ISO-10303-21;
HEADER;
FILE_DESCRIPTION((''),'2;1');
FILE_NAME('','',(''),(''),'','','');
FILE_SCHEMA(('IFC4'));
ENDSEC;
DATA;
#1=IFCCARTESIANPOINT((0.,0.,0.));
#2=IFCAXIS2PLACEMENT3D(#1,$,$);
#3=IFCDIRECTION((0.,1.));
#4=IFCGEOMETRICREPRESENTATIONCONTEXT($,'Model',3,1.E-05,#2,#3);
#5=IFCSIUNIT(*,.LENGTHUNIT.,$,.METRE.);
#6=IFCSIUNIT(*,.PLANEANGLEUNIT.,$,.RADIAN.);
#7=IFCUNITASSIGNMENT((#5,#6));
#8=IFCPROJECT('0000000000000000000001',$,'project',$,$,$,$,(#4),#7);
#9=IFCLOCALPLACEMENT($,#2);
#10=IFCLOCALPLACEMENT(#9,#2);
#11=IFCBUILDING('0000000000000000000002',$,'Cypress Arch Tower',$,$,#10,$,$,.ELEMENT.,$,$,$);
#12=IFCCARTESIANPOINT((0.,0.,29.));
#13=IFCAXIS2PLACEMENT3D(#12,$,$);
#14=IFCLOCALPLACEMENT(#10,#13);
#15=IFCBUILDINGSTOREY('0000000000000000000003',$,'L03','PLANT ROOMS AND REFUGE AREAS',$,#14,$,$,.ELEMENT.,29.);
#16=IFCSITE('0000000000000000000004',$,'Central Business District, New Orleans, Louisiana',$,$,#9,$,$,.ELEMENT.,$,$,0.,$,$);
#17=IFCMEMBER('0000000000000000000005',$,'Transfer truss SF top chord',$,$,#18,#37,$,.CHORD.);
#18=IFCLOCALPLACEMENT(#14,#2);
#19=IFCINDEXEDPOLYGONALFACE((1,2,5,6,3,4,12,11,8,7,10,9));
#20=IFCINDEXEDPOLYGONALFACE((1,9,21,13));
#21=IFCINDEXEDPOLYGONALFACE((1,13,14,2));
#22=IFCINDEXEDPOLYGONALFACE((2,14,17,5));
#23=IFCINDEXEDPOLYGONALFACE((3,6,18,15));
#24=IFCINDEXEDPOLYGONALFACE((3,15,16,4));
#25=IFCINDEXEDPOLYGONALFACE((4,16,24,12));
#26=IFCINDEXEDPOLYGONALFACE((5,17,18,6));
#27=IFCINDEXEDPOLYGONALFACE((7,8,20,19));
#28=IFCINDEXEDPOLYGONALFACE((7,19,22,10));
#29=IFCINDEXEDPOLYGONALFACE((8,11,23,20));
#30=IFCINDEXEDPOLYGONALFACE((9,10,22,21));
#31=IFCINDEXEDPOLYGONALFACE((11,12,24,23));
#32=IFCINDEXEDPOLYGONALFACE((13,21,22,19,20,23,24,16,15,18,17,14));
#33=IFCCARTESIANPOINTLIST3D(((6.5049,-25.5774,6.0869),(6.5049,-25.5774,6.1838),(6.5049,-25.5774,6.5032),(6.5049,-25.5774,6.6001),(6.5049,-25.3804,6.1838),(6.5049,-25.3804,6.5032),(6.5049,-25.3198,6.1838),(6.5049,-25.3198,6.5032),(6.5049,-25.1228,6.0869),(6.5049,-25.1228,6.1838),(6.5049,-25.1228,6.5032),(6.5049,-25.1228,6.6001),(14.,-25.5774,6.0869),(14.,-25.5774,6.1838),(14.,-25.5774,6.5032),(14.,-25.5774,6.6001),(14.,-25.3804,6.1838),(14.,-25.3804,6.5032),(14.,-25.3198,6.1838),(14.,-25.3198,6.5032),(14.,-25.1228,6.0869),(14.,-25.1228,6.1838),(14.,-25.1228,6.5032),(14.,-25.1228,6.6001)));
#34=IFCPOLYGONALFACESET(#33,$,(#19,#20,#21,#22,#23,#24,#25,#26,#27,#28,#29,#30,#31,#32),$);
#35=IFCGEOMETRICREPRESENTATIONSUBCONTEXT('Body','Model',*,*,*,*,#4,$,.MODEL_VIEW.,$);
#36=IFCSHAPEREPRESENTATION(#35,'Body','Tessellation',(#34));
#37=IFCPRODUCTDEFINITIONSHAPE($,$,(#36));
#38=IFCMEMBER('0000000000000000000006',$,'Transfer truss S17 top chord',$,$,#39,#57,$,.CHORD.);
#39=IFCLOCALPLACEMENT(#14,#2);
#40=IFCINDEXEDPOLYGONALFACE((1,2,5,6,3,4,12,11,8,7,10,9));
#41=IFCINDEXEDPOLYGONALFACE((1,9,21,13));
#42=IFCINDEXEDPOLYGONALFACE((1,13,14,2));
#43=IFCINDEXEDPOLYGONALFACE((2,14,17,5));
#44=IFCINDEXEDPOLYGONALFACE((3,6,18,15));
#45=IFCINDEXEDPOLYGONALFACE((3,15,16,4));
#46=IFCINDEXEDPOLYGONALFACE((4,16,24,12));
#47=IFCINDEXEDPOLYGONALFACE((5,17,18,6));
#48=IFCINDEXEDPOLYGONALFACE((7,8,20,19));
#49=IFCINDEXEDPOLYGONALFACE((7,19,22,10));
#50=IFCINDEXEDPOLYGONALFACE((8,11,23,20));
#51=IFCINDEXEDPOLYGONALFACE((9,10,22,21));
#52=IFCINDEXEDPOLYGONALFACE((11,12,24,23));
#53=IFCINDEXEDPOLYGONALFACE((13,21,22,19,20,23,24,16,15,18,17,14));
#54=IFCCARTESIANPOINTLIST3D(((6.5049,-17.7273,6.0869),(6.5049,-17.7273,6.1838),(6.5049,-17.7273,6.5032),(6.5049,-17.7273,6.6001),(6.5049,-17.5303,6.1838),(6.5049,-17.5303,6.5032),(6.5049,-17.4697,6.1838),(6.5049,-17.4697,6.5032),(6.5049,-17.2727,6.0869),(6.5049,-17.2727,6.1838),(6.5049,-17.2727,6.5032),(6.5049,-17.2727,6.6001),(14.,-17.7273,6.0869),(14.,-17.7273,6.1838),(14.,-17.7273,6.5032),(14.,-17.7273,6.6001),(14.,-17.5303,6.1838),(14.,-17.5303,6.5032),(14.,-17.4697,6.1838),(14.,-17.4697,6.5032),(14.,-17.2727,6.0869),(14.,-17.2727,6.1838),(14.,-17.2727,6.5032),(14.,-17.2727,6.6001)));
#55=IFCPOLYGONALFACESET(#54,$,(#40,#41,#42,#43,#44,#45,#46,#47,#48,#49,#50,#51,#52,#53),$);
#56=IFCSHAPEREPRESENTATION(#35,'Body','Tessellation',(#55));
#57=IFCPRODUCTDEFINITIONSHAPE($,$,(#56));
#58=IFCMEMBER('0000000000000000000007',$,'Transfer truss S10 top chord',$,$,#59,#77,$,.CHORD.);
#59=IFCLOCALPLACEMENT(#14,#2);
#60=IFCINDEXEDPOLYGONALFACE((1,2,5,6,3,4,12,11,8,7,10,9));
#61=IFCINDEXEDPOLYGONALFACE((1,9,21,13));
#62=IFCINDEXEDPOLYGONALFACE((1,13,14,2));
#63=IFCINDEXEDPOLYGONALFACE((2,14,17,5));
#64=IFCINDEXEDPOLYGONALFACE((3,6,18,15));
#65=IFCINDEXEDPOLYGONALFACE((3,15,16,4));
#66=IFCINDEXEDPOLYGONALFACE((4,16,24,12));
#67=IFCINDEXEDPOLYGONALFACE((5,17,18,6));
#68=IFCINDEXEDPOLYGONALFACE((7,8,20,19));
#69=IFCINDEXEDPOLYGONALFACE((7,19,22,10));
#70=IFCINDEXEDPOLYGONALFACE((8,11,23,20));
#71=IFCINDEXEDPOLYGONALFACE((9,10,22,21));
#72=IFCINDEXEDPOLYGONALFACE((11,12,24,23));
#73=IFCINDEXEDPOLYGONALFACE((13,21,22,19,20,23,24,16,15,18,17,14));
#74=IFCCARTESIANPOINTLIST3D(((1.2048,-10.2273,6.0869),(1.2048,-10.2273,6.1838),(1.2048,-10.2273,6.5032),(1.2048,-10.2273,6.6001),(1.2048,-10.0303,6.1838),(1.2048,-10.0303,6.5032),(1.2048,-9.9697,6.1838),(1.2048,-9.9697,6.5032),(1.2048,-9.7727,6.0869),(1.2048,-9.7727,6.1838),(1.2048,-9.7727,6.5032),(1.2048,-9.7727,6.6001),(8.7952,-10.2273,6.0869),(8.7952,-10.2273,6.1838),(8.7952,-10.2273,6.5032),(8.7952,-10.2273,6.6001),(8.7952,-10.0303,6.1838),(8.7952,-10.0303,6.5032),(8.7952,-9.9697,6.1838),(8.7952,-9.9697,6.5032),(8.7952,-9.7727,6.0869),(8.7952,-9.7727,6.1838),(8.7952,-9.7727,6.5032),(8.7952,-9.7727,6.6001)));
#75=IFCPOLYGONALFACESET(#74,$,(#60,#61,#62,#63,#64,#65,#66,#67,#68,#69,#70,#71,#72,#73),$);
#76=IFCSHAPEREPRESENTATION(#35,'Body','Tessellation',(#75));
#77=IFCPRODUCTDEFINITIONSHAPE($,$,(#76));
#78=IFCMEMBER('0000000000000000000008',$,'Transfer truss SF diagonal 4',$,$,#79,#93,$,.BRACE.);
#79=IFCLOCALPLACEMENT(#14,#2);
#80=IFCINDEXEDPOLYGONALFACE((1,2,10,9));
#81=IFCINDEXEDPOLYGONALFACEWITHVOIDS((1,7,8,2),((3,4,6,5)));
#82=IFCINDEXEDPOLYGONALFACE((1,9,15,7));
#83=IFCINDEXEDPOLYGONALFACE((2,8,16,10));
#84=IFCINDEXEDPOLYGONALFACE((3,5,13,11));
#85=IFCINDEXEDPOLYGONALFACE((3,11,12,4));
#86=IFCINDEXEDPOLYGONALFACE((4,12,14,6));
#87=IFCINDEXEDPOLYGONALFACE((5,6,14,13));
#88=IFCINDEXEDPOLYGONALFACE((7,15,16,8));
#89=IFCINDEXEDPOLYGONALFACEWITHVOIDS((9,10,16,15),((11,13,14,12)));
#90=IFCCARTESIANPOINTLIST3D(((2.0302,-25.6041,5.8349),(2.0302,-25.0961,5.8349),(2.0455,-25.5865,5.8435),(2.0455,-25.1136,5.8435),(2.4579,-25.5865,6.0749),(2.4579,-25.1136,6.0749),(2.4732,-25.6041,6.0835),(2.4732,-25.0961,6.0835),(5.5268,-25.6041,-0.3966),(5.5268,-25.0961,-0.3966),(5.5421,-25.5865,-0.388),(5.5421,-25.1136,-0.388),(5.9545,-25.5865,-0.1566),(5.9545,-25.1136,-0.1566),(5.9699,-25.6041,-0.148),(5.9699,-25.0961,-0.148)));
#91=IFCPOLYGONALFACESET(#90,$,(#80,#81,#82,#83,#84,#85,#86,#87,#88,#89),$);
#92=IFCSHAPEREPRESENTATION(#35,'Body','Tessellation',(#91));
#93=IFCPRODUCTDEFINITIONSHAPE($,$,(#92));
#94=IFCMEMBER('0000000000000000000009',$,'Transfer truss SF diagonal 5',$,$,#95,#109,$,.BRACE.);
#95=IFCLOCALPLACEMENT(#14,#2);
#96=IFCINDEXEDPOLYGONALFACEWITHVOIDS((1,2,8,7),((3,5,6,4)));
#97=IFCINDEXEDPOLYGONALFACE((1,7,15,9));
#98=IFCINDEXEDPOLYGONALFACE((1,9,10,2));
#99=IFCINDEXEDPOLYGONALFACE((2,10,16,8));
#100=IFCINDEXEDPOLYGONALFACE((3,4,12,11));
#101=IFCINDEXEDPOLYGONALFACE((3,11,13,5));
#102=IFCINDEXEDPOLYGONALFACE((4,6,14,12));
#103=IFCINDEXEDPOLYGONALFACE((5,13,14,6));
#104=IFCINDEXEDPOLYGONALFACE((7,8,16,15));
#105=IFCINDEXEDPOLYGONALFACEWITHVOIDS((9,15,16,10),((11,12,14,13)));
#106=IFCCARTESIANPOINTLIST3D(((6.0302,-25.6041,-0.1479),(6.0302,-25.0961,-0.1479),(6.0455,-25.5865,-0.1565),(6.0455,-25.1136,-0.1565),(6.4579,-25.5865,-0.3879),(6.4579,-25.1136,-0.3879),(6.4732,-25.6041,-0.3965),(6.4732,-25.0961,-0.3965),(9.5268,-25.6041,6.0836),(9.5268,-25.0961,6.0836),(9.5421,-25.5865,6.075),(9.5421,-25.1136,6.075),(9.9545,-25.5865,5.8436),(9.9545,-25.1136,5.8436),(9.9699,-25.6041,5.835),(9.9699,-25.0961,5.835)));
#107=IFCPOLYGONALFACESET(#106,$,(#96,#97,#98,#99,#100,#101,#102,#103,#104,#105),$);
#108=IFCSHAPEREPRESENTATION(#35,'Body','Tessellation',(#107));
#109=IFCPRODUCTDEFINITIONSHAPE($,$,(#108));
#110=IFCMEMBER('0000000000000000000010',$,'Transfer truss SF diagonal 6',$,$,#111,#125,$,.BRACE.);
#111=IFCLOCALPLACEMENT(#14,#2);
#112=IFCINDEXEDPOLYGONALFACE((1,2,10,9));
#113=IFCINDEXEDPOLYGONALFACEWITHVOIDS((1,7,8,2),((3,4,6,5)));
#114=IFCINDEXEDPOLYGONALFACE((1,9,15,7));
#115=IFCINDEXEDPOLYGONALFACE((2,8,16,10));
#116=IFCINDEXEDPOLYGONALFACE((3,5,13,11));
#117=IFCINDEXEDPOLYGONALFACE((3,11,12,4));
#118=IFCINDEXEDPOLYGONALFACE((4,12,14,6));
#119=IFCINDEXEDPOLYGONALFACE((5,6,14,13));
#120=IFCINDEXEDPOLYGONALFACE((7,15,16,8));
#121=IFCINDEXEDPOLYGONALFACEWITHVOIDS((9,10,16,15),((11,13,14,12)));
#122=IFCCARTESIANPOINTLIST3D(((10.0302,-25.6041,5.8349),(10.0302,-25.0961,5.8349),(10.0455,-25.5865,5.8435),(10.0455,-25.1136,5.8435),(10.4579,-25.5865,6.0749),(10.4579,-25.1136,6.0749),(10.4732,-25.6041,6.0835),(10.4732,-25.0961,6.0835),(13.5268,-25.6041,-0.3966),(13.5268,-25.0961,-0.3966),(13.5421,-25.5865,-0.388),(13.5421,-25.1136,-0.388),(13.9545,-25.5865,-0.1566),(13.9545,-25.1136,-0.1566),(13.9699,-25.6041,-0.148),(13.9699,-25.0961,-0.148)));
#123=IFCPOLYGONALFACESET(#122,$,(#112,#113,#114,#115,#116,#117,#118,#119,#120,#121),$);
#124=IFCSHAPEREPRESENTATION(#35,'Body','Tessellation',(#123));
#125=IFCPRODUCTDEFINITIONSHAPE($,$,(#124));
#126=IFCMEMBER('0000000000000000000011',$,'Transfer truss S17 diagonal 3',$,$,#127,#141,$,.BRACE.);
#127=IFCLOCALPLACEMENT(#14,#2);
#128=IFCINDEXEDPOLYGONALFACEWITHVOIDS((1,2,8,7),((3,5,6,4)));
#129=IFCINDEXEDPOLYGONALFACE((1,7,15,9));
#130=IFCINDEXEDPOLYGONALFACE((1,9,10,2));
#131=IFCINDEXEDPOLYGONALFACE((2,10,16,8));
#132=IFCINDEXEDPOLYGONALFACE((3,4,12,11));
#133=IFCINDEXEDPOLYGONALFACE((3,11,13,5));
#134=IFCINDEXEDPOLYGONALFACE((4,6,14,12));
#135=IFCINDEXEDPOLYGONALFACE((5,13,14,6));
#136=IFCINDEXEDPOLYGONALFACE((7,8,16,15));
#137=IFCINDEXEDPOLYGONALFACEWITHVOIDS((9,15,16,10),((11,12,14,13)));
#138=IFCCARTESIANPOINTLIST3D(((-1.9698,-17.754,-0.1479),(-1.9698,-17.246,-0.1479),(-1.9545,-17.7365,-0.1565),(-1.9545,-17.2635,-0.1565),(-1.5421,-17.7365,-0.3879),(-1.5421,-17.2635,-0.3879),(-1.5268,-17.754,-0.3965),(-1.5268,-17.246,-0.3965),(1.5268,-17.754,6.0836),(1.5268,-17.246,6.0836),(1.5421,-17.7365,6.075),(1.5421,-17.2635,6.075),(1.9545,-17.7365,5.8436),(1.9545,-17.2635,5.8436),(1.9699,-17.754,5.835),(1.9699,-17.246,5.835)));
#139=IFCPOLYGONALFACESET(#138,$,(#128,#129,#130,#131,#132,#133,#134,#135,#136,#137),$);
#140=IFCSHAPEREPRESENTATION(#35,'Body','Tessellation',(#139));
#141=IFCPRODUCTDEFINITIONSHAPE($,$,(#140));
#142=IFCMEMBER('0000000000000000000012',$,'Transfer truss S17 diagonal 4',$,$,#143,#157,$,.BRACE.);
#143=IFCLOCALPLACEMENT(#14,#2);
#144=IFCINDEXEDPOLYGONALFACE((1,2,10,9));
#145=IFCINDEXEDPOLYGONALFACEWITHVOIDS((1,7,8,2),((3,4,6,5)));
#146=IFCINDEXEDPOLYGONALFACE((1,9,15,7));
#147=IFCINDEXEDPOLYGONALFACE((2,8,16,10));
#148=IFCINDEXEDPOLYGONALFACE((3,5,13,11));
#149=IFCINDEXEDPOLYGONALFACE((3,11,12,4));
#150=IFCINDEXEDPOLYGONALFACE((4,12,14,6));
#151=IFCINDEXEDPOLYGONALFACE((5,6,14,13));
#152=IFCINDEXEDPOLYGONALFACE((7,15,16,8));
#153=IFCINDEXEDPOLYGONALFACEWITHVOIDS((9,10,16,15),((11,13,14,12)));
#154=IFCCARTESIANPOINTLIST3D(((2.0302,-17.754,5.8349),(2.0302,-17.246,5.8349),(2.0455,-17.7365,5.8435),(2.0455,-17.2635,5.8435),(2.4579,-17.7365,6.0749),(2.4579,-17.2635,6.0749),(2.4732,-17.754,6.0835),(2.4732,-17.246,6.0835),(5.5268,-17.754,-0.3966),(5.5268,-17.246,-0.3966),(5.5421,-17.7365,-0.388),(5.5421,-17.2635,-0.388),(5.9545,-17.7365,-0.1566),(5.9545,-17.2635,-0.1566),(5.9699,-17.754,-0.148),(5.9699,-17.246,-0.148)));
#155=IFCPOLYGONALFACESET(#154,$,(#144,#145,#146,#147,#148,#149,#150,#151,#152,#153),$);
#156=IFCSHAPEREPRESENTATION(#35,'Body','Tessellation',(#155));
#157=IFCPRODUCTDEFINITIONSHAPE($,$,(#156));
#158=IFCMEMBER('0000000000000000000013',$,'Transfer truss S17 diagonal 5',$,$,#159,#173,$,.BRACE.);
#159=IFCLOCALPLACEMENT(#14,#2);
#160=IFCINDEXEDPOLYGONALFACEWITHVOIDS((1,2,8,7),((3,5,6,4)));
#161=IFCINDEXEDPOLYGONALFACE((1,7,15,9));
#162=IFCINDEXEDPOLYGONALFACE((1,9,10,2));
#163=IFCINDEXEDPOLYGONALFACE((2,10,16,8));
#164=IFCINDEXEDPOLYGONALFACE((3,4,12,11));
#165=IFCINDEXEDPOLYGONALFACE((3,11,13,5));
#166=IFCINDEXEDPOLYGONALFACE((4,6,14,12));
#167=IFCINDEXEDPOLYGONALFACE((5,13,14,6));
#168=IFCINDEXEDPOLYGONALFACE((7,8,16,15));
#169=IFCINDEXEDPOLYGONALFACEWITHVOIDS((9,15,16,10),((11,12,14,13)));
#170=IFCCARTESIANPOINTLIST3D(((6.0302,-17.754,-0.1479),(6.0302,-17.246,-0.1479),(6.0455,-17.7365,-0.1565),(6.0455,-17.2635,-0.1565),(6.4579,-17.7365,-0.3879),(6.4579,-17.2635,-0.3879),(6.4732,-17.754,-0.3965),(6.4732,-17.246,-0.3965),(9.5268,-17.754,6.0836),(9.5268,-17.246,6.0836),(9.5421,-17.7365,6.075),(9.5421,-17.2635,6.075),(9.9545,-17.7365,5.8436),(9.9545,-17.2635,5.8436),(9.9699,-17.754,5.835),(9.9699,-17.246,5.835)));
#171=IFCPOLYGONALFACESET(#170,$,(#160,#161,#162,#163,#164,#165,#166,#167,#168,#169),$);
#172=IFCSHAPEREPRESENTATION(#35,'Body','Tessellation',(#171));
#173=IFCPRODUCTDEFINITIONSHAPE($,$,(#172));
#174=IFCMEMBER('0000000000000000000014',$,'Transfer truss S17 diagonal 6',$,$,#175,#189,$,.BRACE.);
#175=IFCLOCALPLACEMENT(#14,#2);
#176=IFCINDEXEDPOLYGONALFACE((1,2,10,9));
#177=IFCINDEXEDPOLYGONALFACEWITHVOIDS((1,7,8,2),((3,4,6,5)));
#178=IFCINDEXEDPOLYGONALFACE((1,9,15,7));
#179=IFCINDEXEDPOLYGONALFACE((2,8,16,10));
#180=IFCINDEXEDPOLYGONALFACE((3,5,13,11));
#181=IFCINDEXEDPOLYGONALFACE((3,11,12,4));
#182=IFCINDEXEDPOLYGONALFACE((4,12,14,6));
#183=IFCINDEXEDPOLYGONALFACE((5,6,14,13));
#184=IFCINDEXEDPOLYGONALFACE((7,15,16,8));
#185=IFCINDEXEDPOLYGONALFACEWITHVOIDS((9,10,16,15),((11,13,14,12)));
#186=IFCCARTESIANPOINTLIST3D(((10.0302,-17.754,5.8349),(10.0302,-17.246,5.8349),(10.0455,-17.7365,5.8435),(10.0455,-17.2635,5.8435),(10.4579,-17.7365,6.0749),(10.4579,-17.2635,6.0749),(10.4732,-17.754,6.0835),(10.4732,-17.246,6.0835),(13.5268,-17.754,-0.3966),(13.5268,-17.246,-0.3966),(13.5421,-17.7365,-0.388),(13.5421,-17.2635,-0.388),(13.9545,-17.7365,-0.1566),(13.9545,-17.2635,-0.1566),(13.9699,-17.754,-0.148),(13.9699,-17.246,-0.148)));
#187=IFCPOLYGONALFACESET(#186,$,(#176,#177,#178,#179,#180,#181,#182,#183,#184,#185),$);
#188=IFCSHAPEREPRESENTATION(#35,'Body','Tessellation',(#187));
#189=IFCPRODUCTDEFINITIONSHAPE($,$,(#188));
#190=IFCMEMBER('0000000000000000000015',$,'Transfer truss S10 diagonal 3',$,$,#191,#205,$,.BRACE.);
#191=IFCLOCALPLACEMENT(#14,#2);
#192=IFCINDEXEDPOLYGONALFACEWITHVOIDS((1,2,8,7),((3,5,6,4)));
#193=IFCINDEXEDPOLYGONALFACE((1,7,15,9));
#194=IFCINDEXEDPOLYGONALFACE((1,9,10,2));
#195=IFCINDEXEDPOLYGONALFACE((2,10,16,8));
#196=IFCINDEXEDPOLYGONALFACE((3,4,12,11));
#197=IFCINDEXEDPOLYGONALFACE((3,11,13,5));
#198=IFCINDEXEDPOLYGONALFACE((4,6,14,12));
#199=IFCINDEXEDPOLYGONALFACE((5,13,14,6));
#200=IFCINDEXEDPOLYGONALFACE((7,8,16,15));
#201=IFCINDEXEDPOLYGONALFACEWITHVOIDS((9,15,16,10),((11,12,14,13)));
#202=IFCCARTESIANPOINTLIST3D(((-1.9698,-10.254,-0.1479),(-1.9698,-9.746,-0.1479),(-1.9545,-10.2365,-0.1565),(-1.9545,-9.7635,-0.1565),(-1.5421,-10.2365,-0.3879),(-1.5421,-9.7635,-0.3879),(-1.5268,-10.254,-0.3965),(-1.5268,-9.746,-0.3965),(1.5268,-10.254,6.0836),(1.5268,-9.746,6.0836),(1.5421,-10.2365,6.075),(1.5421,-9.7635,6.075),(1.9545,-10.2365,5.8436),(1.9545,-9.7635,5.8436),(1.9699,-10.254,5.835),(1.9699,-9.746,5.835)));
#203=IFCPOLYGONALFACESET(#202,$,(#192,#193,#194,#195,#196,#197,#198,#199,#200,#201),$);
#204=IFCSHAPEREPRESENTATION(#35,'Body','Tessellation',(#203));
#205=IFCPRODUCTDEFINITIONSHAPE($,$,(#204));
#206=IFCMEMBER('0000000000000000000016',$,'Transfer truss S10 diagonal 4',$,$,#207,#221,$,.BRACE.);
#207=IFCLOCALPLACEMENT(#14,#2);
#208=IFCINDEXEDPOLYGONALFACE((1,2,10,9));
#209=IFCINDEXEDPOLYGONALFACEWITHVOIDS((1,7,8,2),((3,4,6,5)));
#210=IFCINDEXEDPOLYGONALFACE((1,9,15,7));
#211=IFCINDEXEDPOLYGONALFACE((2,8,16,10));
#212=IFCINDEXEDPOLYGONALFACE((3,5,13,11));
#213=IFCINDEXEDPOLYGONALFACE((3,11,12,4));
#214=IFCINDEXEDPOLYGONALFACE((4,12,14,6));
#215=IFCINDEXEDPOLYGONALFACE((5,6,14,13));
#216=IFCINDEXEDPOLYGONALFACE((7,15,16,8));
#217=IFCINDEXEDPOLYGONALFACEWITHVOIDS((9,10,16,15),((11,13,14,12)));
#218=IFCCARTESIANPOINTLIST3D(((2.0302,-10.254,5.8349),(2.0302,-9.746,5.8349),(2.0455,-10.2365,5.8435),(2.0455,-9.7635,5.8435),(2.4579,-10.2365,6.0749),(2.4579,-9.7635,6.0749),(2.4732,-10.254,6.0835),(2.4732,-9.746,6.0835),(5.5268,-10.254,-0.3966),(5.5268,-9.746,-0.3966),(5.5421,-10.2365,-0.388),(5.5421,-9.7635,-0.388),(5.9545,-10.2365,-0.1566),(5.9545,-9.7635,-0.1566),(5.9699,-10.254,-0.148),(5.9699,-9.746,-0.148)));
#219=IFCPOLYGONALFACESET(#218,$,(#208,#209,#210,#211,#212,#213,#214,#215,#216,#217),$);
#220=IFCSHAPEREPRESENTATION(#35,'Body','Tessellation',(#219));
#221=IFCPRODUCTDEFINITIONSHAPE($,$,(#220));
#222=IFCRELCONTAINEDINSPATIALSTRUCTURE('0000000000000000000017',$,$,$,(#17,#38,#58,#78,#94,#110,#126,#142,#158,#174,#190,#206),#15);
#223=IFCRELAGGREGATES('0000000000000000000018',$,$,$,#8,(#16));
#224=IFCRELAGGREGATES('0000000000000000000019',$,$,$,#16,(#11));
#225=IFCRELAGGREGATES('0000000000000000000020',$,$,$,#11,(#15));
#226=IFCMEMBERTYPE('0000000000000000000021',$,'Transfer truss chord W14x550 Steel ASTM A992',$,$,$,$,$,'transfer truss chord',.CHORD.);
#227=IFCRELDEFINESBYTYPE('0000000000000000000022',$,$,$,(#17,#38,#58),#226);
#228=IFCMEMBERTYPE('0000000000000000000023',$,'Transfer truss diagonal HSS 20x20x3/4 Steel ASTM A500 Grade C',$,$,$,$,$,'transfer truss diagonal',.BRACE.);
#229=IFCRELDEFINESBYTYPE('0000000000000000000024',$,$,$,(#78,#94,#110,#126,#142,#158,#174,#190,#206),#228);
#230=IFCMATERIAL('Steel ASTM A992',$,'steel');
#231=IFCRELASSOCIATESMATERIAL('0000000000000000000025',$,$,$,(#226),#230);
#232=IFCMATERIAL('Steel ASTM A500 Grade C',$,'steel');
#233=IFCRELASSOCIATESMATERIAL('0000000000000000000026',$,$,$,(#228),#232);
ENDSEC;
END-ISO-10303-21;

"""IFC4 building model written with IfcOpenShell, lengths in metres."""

from ifc_helpers import new_model, si_unit, direction, frame, origin, origin_2d, place, context, subcontext, project, spatial, hollow_rectangle, i_section, extrude, material, material_profile, profile_set, type_object, element, save


model = new_model("IFC4")

# Units and contexts
model_context = context("Model", 3, precision=1e-05, world=origin(), true_north=direction((0.0, 1.0)))
body_context = subcontext(model_context, "Body", "Model", "MODEL_VIEW")
ifc_project = project(units=[si_unit("LENGTHUNIT", "METRE"), si_unit("PLANEANGLEUNIT", "RADIAN")], contexts=[model_context])

# Site, building, storey
site_placement = place(None, origin())
site = spatial("IfcSite", under=ifc_project, at=site_placement, Name="Central Business District, New Orleans, Louisiana", CompositionType="ELEMENT", RefElevation=0.0)
building_placement = place(site_placement, origin())
building = spatial("IfcBuilding", under=site, at=building_placement, Name="Cypress Arch Tower", CompositionType="ELEMENT")
storey_placement = place(building_placement, frame((0.0, 0.0, 29.0)))
storey = spatial("IfcBuildingStorey", under=building, at=storey_placement, Name="L03", Description="PLANT ROOMS AND REFUGE AREAS", CompositionType="ELEMENT", Elevation=29.0)

# Members
ifc_material_1 = material(Name="Steel ASTM A992", Category="steel")
ifc_material_profile_1 = material_profile(ifc_material_1, i_section(OverallWidth=0.4546, OverallDepth=0.5132, WebThickness=0.0605, FlangeThickness=0.0969, at=origin_2d()), Name="W14x550")
ifc_profile_set_1 = profile_set([ifc_material_profile_1], Name="Steel ASTM A992")
member_type_1 = type_object("IfcMemberType", Name="Transfer truss chord W14x550 Steel ASTM A992", ElementType="transfer truss chord", PredefinedType="CHORD", material=ifc_profile_set_1)
for number, where, z_axis, x_axis, name in (
    (1, (6.5049, -25.3501, 6.3435), (1.0, 0.0, 0.0), (0.0, 1.0, 0.0), "Transfer truss SF top chord"),
    (2, (6.5049, -17.5, 6.3435), (1.0, 0.0, 0.0), (0.0, 1.0, 0.0), "Transfer truss S17 top chord"),
):
    element("IfcMember", number, at=place(storey_placement, frame(where, z_axis=z_axis, x_axis=x_axis)), inside=storey, type_object=member_type_1, Name=name, PredefinedType="CHORD", context=body_context, shape_type="SweptSolid", body=[
        extrude(i_section(OverallWidth=0.4546, OverallDepth=0.5132, WebThickness=0.0605, FlangeThickness=0.0969, at=origin_2d()), origin(), (0.0, 0.0, 1.0), 7.4951),
    ])
member_placement = place(storey_placement, frame((1.2048, -10.0, 6.3435), z_axis=(1.0, 0.0, 0.0), x_axis=(0.0, 1.0, 0.0)))
element("IfcMember", 3, at=member_placement, inside=storey, type_object=member_type_1, Name="Transfer truss S10 top chord", PredefinedType="CHORD", context=body_context, shape_type="SweptSolid", body=[
    extrude(i_section(OverallWidth=0.4546, OverallDepth=0.5132, WebThickness=0.0605, FlangeThickness=0.0969, at=origin_2d()), origin(), (0.0, 0.0, 1.0), 7.5903),
])
ifc_material_2 = material(Name="Steel ASTM A500 Grade C", Category="steel")
ifc_material_profile_2 = material_profile(ifc_material_2, hollow_rectangle(XDim=0.5081, YDim=0.5081, WallThickness=0.0176, at=origin_2d()), Name="HSS 20x20x3/4")
ifc_profile_set_2 = profile_set([ifc_material_profile_2], Name="Steel ASTM A500 Grade C")
member_type_2 = type_object("IfcMemberType", Name="Transfer truss diagonal HSS 20x20x3/4 Steel ASTM A500 Grade C", ElementType="transfer truss diagonal", PredefinedType="BRACE", material=ifc_profile_set_2)
for number, where, z_axis, x_axis, name in (
    (4, (2.2517, -25.3501, 5.9592), (0.489346, 0.0, -0.87209), (0.0, 1.0, 0.0), "Transfer truss SF diagonal 4"),
    (5, (6.2517, -25.3501, -0.2722), (0.489346, 0.0, 0.87209), (0.0, 1.0, 0.0), "Transfer truss SF diagonal 5"),
    (6, (10.2517, -25.3501, 5.9592), (0.489346, 0.0, -0.87209), (0.0, 1.0, 0.0), "Transfer truss SF diagonal 6"),
    (7, (-1.7483, -17.5, -0.2722), (0.489346, 0.0, 0.87209), (0.0, 1.0, 0.0), "Transfer truss S17 diagonal 3"),
    (8, (2.2517, -17.5, 5.9592), (0.489346, 0.0, -0.87209), (0.0, 1.0, 0.0), "Transfer truss S17 diagonal 4"),
    (9, (6.2517, -17.5, -0.2722), (0.489346, 0.0, 0.87209), (0.0, 1.0, 0.0), "Transfer truss S17 diagonal 5"),
    (10, (10.2517, -17.5, 5.9592), (0.489346, 0.0, -0.87209), (0.0, 1.0, 0.0), "Transfer truss S17 diagonal 6"),
    (11, (-1.7483, -10.0, -0.2722), (0.489346, 0.0, 0.87209), (0.0, 1.0, 0.0), "Transfer truss S10 diagonal 3"),
    (12, (2.2517, -10.0, 5.9592), (0.489346, 0.0, -0.87209), (0.0, 1.0, 0.0), "Transfer truss S10 diagonal 4"),
):
    element("IfcMember", number, at=place(storey_placement, frame(where, z_axis=z_axis, x_axis=x_axis)), inside=storey, type_object=member_type_2, Name=name, PredefinedType="BRACE", context=body_context, shape_type="SweptSolid", body=[
        extrude(hollow_rectangle(XDim=0.5081, YDim=0.5081, WallThickness=0.0176, at=origin_2d()), origin(), (0.0, 0.0, 1.0), 7.1455),
    ])

save(model, "model.ifc")
